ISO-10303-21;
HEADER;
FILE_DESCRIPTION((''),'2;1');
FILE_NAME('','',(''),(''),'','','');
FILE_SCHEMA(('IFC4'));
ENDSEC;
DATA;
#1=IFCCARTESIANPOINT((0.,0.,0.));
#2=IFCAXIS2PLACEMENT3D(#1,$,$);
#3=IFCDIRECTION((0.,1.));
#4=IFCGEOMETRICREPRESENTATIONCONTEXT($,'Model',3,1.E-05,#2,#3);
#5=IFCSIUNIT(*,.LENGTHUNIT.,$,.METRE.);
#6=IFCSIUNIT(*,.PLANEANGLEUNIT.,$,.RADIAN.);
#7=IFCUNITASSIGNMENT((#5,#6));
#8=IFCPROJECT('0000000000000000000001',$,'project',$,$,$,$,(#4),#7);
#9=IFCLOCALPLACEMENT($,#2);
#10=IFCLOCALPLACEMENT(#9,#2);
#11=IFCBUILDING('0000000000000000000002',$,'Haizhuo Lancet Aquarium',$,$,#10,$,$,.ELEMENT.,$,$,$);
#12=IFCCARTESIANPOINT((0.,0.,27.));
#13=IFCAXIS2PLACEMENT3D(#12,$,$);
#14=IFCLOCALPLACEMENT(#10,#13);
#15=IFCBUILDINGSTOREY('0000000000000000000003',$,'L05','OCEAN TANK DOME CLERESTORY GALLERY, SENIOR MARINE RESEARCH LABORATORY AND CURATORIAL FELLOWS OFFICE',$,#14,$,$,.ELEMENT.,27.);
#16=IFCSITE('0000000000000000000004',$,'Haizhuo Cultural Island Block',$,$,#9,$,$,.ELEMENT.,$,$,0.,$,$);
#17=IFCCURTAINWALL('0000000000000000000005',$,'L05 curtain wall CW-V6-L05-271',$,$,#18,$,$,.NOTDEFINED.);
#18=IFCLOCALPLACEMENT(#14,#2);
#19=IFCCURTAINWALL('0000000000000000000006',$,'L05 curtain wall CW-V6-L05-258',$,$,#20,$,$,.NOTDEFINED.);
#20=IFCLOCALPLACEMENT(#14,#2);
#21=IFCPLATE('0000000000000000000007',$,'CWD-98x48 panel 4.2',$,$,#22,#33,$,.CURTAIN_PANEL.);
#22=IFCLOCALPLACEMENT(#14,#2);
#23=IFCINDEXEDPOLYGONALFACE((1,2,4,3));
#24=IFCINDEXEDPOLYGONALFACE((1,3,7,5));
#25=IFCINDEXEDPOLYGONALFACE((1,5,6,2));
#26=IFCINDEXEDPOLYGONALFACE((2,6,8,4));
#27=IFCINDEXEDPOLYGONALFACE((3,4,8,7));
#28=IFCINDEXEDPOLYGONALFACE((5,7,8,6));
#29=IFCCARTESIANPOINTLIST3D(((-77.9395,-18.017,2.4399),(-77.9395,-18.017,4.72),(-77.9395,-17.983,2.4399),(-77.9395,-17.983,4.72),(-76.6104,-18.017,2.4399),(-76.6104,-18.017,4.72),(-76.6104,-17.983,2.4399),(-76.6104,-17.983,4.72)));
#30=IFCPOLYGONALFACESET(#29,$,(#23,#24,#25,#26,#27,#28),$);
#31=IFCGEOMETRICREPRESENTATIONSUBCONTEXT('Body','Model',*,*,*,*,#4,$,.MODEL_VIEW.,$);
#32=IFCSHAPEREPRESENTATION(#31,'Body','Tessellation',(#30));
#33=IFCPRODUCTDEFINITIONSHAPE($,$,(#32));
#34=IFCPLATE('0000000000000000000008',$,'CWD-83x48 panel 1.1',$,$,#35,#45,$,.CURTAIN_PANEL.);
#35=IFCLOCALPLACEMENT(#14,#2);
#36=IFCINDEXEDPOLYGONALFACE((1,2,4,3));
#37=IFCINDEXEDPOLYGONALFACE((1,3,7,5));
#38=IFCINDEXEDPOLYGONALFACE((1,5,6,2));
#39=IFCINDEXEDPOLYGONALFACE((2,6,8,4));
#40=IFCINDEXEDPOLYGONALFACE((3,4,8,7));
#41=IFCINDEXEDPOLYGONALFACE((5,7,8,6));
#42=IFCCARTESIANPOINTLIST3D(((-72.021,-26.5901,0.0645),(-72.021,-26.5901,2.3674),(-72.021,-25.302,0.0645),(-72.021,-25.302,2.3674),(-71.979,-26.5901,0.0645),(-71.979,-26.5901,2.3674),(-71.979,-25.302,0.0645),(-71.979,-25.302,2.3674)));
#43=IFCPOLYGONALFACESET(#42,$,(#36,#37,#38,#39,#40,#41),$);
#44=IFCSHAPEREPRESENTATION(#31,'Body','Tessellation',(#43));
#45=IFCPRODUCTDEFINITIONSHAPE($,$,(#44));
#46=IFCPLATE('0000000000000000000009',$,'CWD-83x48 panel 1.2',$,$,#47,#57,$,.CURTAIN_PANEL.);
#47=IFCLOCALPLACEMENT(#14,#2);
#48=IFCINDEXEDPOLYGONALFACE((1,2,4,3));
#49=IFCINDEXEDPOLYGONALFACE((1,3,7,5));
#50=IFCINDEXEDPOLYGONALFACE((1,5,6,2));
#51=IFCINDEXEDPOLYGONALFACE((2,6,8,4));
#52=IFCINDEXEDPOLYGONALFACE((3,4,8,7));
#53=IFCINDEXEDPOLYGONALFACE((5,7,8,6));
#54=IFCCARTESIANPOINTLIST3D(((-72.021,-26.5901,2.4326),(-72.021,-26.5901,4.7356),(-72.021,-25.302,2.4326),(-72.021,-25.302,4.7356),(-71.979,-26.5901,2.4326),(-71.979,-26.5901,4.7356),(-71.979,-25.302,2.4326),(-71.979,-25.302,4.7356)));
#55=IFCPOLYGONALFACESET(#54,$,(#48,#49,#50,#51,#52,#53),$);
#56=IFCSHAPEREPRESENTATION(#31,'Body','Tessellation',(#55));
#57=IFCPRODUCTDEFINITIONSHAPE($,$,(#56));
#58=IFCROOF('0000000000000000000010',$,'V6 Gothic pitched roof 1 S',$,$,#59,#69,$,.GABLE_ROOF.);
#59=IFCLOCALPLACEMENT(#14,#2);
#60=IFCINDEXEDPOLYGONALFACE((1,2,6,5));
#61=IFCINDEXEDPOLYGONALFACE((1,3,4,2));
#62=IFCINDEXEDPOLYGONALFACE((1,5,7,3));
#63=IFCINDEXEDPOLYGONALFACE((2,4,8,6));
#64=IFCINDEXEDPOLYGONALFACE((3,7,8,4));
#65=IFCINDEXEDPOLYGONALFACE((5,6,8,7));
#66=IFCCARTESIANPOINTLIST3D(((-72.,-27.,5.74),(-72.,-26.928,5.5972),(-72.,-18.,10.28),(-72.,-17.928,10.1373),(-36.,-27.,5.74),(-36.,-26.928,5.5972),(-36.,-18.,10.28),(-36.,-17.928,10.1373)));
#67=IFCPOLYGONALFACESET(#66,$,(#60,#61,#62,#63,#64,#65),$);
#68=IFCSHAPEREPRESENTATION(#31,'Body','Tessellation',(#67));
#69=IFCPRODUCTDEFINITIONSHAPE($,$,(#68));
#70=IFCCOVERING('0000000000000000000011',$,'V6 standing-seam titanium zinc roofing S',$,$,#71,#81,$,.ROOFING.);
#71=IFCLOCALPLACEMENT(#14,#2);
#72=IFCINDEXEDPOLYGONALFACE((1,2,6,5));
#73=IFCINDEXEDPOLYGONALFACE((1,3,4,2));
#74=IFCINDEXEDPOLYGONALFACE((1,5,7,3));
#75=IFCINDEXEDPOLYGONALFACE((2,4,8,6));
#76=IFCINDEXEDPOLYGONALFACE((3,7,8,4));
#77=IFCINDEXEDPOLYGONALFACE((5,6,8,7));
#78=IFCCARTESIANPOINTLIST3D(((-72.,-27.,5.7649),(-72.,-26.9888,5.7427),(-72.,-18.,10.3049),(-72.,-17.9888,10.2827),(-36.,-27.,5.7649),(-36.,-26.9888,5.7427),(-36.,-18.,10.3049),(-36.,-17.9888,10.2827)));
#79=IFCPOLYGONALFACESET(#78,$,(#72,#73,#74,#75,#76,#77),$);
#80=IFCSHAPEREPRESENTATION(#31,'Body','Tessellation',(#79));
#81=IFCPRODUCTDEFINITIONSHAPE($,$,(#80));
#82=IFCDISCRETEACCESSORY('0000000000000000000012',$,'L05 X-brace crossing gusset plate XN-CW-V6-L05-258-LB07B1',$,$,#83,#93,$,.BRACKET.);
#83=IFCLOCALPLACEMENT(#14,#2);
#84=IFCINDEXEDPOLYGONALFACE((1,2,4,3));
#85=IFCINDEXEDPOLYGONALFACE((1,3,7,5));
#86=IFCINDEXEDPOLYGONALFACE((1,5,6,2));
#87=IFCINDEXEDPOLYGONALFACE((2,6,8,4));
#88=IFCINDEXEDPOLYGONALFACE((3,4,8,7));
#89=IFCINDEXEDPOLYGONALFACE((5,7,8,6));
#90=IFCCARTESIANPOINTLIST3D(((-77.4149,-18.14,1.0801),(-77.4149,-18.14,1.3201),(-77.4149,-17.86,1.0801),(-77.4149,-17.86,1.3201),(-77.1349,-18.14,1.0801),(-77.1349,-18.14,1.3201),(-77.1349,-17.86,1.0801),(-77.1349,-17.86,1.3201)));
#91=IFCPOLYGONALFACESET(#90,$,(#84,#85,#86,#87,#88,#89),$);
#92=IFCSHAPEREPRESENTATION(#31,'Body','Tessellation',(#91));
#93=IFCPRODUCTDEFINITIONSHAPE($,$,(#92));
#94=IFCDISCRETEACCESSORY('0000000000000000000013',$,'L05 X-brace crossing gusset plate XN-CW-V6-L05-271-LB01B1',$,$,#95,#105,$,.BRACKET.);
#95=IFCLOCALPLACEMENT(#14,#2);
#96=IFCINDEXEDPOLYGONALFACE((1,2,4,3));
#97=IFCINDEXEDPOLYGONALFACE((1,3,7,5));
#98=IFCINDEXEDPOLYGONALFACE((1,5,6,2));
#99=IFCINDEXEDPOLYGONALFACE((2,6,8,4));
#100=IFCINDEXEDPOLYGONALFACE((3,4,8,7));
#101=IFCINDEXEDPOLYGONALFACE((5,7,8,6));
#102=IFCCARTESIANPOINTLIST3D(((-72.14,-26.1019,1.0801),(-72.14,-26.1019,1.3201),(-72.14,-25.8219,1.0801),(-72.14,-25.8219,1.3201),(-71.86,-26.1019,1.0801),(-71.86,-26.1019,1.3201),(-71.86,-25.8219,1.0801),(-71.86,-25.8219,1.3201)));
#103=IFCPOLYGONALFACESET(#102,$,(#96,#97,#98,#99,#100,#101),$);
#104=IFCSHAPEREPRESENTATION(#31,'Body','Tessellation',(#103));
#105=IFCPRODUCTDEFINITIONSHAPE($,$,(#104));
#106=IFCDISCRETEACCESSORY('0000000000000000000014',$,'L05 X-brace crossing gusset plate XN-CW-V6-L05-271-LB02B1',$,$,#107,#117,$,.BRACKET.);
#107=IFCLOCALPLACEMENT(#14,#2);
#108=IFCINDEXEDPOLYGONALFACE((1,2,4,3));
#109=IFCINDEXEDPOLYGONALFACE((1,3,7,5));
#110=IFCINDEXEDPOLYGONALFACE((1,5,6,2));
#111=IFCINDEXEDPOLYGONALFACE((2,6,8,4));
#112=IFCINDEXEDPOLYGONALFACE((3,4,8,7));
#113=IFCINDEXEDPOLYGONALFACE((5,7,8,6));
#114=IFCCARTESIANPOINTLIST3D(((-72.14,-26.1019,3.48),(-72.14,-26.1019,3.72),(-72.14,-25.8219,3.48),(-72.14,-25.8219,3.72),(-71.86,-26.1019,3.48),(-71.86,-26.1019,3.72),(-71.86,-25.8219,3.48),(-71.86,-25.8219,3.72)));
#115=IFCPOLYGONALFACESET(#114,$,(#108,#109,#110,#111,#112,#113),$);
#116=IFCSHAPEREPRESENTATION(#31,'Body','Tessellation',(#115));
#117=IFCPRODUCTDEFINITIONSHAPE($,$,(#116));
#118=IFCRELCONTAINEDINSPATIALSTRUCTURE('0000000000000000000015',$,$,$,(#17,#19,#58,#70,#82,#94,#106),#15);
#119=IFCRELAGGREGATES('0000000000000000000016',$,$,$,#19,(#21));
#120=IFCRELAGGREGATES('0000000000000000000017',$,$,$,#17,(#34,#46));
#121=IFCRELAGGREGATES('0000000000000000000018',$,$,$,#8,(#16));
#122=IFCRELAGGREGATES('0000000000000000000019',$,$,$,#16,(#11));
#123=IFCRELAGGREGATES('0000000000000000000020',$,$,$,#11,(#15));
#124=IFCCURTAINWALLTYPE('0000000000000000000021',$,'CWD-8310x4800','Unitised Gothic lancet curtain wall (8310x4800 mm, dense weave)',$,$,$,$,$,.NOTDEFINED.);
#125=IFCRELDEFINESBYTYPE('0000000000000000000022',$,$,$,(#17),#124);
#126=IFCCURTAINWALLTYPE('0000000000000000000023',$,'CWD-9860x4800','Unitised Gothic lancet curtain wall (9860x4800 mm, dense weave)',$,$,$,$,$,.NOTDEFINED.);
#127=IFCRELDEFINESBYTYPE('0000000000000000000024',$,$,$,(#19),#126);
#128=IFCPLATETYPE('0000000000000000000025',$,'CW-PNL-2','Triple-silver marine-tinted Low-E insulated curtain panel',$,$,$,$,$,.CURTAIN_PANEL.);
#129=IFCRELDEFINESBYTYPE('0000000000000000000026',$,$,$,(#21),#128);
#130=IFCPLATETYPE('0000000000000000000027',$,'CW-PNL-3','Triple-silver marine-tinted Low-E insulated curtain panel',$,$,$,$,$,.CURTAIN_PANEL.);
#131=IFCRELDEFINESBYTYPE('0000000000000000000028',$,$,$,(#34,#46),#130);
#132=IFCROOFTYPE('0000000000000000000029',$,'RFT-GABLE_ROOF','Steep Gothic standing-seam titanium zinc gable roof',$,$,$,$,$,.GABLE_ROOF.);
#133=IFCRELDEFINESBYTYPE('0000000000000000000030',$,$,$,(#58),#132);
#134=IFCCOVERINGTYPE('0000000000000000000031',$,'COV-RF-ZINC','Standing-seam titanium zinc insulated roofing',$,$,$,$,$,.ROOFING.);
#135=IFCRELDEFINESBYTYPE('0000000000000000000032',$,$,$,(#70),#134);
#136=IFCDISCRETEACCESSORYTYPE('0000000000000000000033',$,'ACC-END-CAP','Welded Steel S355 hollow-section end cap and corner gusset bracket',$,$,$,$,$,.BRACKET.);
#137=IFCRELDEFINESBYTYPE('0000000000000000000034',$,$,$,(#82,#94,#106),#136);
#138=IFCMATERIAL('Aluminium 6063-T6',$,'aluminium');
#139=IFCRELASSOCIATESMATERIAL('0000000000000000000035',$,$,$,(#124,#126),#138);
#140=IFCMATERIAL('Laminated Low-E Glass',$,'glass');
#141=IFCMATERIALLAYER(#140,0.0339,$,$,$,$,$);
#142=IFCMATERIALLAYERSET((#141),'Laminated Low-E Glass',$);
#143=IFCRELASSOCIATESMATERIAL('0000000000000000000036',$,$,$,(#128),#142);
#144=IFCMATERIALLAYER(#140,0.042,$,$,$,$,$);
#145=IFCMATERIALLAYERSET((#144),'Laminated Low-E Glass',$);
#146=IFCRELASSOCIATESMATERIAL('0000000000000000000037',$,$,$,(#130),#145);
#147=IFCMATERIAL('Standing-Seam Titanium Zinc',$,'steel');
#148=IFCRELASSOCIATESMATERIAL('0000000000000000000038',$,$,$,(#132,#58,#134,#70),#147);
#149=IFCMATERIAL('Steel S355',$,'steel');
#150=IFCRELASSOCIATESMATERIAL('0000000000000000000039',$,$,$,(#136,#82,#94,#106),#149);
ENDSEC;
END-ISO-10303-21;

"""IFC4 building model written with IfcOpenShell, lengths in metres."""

from ifc_helpers import new_model, si_unit, direction, frame, origin, origin_2d, place, context, subcontext, project, spatial, polyline, rectangle, outline, extrude, material, layer, layer_set, type_object, element, aggregate, save


model = new_model("IFC4")

# Units and contexts
model_context = context("Model", 3, precision=1e-05, world=origin(), true_north=direction((0.0, 1.0)))
body_context = subcontext(model_context, "Body", "Model", "MODEL_VIEW")
ifc_project = project(units=[si_unit("LENGTHUNIT", "METRE"), si_unit("PLANEANGLEUNIT", "RADIAN")], contexts=[model_context])

# Site, building, storey
site_placement = place(None, origin())
site = spatial("IfcSite", under=ifc_project, at=site_placement, Name="Haizhuo Cultural Island Block", CompositionType="ELEMENT", RefElevation=0.0)
building_placement = place(site_placement, origin())
building = spatial("IfcBuilding", under=site, at=building_placement, Name="Haizhuo Lancet Aquarium", CompositionType="ELEMENT")
storey_placement = place(building_placement, frame((0.0, 0.0, 27.0)))
storey = spatial("IfcBuildingStorey", under=building, at=storey_placement, Name="L05", Description="OCEAN TANK DOME CLERESTORY GALLERY, SENIOR MARINE RESEARCH LABORATORY AND CURATORIAL FELLOWS OFFICE", CompositionType="ELEMENT", Elevation=27.0)

# Shared definitions
ifc_material_1 = material(Name="Steel S355", Category="steel")

# Curtain wall
ifc_material_2 = material(Name="Aluminium 6063-T6", Category="aluminium")
curtain_wall_type_1 = type_object("IfcCurtainWallType", Name="CWD-8310x4800", Description="Unitised Gothic lancet curtain wall (8310x4800 mm, dense weave)", PredefinedType="NOTDEFINED", material=ifc_material_2)
curtain_wall_1_placement = place(storey_placement, origin())
curtain_wall_1 = element("IfcCurtainWall", 1, at=curtain_wall_1_placement, inside=storey, type_object=curtain_wall_type_1, Name="L05 curtain wall CW-V6-L05-271", PredefinedType="NOTDEFINED")

# Curtain wall, plate
curtain_wall_type_2 = type_object("IfcCurtainWallType", Name="CWD-9860x4800", Description="Unitised Gothic lancet curtain wall (9860x4800 mm, dense weave)", PredefinedType="NOTDEFINED", material=ifc_material_2)
curtain_wall_2_placement = place(storey_placement, origin())
curtain_wall_2 = element("IfcCurtainWall", 2, at=curtain_wall_2_placement, inside=storey, type_object=curtain_wall_type_2, Name="L05 curtain wall CW-V6-L05-258", PredefinedType="NOTDEFINED")
ifc_material_3 = material(Name="Laminated Low-E Glass", Category="glass")
ifc_layer_1 = layer(ifc_material_3, 0.0339)
ifc_layer_set_1 = layer_set([ifc_layer_1], Name="Laminated Low-E Glass")
plate_type_1 = type_object("IfcPlateType", Name="CW-PNL-2", Description="Triple-silver marine-tinted Low-E insulated curtain panel", PredefinedType="CURTAIN_PANEL", material=ifc_layer_set_1)
plate_1_placement = place(storey_placement, frame((-77.2749, -18.0, 2.4399), z_axis=(0.0, 0.0, 1.0), x_axis=(-1.0, 0.0, 0.0)))
plate_1 = element("IfcPlate", 3, at=plate_1_placement, type_object=plate_type_1, Name="CWD-98x48 panel 4.2", PredefinedType="CURTAIN_PANEL", context=body_context, shape_type="SweptSolid", body=[
    extrude(rectangle(XDim=1.3291, YDim=0.0339, at=origin_2d()), origin(), (0.0, 0.0, 1.0), 2.28),
])
aggregate(curtain_wall_2, [plate_1])

# Plates
ifc_layer_2 = layer(ifc_material_3, 0.042)
ifc_layer_set_2 = layer_set([ifc_layer_2], Name="Laminated Low-E Glass")
plate_type_2 = type_object("IfcPlateType", Name="CW-PNL-3", Description="Triple-silver marine-tinted Low-E insulated curtain panel", PredefinedType="CURTAIN_PANEL", material=ifc_layer_set_2)
plate_2_placement = place(storey_placement, frame((-72.0, -25.946, 0.0645), z_axis=(0.0, 0.0, 1.0), x_axis=(0.0, 1.0, 0.0)))
plate_2 = element("IfcPlate", 4, at=plate_2_placement, type_object=plate_type_2, Name="CWD-83x48 panel 1.1", PredefinedType="CURTAIN_PANEL", context=body_context, shape_type="SweptSolid", body=[
    extrude(rectangle(XDim=1.2881, YDim=0.042, at=origin_2d()), origin(), (0.0, 0.0, 1.0), 2.303),
])
plate_3_placement = place(storey_placement, frame((-72.0, -25.946, 2.4326), z_axis=(0.0, 0.0, 1.0), x_axis=(0.0, 1.0, 0.0)))
plate_3 = element("IfcPlate", 5, at=plate_3_placement, type_object=plate_type_2, Name="CWD-83x48 panel 1.2", PredefinedType="CURTAIN_PANEL", context=body_context, shape_type="SweptSolid", body=[
    extrude(rectangle(XDim=1.2881, YDim=0.042, at=origin_2d()), origin(), (0.0, 0.0, 1.0), 2.303),
])
aggregate(curtain_wall_1, [plate_2, plate_3])

# Roof
ifc_material_4 = material(Name="Standing-Seam Titanium Zinc", Category="steel")
roof_type = type_object("IfcRoofType", Name="RFT-GABLE_ROOF", Description="Steep Gothic standing-seam titanium zinc gable roof", PredefinedType="GABLE_ROOF", material=ifc_material_4)
roof_placement = place(storey_placement, frame((-72.0, -27.0, 5.74), z_axis=(0.0, -0.450388, 0.892833), x_axis=(1.0, 0.0, 0.0)))
element("IfcRoof", 6, at=roof_placement, inside=storey, type_object=roof_type, material=ifc_material_4, Name="V6 Gothic pitched roof 1 S", PredefinedType="GABLE_ROOF", context=body_context, shape_type="SweptSolid", body=[
    extrude(outline(polyline([(0.0, 0.0), (36.0, 0.0), (36.0, 10.0803), (0.0, 10.0803), (0.0, 0.0)])), origin(), (0.0, 0.0, -1.0), 0.1599),
])

# Covering
covering_type = type_object("IfcCoveringType", Name="COV-RF-ZINC", Description="Standing-seam titanium zinc insulated roofing", PredefinedType="ROOFING", material=ifc_material_4)
covering_placement = place(storey_placement, frame((-72.0, -27.0, 5.7649), z_axis=(0.0, -0.450388, 0.892833), x_axis=(1.0, 0.0, 0.0)))
element("IfcCovering", 7, at=covering_placement, inside=storey, type_object=covering_type, material=ifc_material_4, Name="V6 standing-seam titanium zinc roofing S", PredefinedType="ROOFING", context=body_context, shape_type="SweptSolid", body=[
    extrude(outline(polyline([(0.0, 0.0), (36.0, 0.0), (36.0, 10.0803), (0.0, 10.0803), (0.0, 0.0)])), origin(), (0.0, 0.0, -1.0), 0.0249),
])

# Discrete accessories
discrete_accessory_type = type_object("IfcDiscreteAccessoryType", Name="ACC-END-CAP", Description="Welded Steel S355 hollow-section end cap and corner gusset bracket", PredefinedType="BRACKET", material=ifc_material_1)
for number, where, z_axis, x_axis, name in (
    (8, (-77.2749, -18.0, 1.0801), (0.0, 0.0, 1.0), (1.0, 0.0, 0.0), "L05 X-brace crossing gusset plate XN-CW-V6-L05-258-LB07B1"),
    (9, (-72.0, -25.9619, 1.0801), (0.0, 0.0, 1.0), (1.0, 0.0, 0.0), "L05 X-brace crossing gusset plate XN-CW-V6-L05-271-LB01B1"),
    (10, (-72.0, -25.9619, 3.48), (0.0, 0.0, 1.0), (1.0, 0.0, 0.0), "L05 X-brace crossing gusset plate XN-CW-V6-L05-271-LB02B1"),
):
    element("IfcDiscreteAccessory", number, at=place(storey_placement, frame(where, z_axis=z_axis, x_axis=x_axis)), inside=storey, type_object=discrete_accessory_type, material=ifc_material_1, Name=name, PredefinedType="BRACKET", context=body_context, shape_type="SweptSolid", body=[
        extrude(rectangle(XDim=0.28, YDim=0.28, at=origin_2d()), origin(), (0.0, 0.0, 1.0), 0.24),
    ])

save(model, "model.ifc")
